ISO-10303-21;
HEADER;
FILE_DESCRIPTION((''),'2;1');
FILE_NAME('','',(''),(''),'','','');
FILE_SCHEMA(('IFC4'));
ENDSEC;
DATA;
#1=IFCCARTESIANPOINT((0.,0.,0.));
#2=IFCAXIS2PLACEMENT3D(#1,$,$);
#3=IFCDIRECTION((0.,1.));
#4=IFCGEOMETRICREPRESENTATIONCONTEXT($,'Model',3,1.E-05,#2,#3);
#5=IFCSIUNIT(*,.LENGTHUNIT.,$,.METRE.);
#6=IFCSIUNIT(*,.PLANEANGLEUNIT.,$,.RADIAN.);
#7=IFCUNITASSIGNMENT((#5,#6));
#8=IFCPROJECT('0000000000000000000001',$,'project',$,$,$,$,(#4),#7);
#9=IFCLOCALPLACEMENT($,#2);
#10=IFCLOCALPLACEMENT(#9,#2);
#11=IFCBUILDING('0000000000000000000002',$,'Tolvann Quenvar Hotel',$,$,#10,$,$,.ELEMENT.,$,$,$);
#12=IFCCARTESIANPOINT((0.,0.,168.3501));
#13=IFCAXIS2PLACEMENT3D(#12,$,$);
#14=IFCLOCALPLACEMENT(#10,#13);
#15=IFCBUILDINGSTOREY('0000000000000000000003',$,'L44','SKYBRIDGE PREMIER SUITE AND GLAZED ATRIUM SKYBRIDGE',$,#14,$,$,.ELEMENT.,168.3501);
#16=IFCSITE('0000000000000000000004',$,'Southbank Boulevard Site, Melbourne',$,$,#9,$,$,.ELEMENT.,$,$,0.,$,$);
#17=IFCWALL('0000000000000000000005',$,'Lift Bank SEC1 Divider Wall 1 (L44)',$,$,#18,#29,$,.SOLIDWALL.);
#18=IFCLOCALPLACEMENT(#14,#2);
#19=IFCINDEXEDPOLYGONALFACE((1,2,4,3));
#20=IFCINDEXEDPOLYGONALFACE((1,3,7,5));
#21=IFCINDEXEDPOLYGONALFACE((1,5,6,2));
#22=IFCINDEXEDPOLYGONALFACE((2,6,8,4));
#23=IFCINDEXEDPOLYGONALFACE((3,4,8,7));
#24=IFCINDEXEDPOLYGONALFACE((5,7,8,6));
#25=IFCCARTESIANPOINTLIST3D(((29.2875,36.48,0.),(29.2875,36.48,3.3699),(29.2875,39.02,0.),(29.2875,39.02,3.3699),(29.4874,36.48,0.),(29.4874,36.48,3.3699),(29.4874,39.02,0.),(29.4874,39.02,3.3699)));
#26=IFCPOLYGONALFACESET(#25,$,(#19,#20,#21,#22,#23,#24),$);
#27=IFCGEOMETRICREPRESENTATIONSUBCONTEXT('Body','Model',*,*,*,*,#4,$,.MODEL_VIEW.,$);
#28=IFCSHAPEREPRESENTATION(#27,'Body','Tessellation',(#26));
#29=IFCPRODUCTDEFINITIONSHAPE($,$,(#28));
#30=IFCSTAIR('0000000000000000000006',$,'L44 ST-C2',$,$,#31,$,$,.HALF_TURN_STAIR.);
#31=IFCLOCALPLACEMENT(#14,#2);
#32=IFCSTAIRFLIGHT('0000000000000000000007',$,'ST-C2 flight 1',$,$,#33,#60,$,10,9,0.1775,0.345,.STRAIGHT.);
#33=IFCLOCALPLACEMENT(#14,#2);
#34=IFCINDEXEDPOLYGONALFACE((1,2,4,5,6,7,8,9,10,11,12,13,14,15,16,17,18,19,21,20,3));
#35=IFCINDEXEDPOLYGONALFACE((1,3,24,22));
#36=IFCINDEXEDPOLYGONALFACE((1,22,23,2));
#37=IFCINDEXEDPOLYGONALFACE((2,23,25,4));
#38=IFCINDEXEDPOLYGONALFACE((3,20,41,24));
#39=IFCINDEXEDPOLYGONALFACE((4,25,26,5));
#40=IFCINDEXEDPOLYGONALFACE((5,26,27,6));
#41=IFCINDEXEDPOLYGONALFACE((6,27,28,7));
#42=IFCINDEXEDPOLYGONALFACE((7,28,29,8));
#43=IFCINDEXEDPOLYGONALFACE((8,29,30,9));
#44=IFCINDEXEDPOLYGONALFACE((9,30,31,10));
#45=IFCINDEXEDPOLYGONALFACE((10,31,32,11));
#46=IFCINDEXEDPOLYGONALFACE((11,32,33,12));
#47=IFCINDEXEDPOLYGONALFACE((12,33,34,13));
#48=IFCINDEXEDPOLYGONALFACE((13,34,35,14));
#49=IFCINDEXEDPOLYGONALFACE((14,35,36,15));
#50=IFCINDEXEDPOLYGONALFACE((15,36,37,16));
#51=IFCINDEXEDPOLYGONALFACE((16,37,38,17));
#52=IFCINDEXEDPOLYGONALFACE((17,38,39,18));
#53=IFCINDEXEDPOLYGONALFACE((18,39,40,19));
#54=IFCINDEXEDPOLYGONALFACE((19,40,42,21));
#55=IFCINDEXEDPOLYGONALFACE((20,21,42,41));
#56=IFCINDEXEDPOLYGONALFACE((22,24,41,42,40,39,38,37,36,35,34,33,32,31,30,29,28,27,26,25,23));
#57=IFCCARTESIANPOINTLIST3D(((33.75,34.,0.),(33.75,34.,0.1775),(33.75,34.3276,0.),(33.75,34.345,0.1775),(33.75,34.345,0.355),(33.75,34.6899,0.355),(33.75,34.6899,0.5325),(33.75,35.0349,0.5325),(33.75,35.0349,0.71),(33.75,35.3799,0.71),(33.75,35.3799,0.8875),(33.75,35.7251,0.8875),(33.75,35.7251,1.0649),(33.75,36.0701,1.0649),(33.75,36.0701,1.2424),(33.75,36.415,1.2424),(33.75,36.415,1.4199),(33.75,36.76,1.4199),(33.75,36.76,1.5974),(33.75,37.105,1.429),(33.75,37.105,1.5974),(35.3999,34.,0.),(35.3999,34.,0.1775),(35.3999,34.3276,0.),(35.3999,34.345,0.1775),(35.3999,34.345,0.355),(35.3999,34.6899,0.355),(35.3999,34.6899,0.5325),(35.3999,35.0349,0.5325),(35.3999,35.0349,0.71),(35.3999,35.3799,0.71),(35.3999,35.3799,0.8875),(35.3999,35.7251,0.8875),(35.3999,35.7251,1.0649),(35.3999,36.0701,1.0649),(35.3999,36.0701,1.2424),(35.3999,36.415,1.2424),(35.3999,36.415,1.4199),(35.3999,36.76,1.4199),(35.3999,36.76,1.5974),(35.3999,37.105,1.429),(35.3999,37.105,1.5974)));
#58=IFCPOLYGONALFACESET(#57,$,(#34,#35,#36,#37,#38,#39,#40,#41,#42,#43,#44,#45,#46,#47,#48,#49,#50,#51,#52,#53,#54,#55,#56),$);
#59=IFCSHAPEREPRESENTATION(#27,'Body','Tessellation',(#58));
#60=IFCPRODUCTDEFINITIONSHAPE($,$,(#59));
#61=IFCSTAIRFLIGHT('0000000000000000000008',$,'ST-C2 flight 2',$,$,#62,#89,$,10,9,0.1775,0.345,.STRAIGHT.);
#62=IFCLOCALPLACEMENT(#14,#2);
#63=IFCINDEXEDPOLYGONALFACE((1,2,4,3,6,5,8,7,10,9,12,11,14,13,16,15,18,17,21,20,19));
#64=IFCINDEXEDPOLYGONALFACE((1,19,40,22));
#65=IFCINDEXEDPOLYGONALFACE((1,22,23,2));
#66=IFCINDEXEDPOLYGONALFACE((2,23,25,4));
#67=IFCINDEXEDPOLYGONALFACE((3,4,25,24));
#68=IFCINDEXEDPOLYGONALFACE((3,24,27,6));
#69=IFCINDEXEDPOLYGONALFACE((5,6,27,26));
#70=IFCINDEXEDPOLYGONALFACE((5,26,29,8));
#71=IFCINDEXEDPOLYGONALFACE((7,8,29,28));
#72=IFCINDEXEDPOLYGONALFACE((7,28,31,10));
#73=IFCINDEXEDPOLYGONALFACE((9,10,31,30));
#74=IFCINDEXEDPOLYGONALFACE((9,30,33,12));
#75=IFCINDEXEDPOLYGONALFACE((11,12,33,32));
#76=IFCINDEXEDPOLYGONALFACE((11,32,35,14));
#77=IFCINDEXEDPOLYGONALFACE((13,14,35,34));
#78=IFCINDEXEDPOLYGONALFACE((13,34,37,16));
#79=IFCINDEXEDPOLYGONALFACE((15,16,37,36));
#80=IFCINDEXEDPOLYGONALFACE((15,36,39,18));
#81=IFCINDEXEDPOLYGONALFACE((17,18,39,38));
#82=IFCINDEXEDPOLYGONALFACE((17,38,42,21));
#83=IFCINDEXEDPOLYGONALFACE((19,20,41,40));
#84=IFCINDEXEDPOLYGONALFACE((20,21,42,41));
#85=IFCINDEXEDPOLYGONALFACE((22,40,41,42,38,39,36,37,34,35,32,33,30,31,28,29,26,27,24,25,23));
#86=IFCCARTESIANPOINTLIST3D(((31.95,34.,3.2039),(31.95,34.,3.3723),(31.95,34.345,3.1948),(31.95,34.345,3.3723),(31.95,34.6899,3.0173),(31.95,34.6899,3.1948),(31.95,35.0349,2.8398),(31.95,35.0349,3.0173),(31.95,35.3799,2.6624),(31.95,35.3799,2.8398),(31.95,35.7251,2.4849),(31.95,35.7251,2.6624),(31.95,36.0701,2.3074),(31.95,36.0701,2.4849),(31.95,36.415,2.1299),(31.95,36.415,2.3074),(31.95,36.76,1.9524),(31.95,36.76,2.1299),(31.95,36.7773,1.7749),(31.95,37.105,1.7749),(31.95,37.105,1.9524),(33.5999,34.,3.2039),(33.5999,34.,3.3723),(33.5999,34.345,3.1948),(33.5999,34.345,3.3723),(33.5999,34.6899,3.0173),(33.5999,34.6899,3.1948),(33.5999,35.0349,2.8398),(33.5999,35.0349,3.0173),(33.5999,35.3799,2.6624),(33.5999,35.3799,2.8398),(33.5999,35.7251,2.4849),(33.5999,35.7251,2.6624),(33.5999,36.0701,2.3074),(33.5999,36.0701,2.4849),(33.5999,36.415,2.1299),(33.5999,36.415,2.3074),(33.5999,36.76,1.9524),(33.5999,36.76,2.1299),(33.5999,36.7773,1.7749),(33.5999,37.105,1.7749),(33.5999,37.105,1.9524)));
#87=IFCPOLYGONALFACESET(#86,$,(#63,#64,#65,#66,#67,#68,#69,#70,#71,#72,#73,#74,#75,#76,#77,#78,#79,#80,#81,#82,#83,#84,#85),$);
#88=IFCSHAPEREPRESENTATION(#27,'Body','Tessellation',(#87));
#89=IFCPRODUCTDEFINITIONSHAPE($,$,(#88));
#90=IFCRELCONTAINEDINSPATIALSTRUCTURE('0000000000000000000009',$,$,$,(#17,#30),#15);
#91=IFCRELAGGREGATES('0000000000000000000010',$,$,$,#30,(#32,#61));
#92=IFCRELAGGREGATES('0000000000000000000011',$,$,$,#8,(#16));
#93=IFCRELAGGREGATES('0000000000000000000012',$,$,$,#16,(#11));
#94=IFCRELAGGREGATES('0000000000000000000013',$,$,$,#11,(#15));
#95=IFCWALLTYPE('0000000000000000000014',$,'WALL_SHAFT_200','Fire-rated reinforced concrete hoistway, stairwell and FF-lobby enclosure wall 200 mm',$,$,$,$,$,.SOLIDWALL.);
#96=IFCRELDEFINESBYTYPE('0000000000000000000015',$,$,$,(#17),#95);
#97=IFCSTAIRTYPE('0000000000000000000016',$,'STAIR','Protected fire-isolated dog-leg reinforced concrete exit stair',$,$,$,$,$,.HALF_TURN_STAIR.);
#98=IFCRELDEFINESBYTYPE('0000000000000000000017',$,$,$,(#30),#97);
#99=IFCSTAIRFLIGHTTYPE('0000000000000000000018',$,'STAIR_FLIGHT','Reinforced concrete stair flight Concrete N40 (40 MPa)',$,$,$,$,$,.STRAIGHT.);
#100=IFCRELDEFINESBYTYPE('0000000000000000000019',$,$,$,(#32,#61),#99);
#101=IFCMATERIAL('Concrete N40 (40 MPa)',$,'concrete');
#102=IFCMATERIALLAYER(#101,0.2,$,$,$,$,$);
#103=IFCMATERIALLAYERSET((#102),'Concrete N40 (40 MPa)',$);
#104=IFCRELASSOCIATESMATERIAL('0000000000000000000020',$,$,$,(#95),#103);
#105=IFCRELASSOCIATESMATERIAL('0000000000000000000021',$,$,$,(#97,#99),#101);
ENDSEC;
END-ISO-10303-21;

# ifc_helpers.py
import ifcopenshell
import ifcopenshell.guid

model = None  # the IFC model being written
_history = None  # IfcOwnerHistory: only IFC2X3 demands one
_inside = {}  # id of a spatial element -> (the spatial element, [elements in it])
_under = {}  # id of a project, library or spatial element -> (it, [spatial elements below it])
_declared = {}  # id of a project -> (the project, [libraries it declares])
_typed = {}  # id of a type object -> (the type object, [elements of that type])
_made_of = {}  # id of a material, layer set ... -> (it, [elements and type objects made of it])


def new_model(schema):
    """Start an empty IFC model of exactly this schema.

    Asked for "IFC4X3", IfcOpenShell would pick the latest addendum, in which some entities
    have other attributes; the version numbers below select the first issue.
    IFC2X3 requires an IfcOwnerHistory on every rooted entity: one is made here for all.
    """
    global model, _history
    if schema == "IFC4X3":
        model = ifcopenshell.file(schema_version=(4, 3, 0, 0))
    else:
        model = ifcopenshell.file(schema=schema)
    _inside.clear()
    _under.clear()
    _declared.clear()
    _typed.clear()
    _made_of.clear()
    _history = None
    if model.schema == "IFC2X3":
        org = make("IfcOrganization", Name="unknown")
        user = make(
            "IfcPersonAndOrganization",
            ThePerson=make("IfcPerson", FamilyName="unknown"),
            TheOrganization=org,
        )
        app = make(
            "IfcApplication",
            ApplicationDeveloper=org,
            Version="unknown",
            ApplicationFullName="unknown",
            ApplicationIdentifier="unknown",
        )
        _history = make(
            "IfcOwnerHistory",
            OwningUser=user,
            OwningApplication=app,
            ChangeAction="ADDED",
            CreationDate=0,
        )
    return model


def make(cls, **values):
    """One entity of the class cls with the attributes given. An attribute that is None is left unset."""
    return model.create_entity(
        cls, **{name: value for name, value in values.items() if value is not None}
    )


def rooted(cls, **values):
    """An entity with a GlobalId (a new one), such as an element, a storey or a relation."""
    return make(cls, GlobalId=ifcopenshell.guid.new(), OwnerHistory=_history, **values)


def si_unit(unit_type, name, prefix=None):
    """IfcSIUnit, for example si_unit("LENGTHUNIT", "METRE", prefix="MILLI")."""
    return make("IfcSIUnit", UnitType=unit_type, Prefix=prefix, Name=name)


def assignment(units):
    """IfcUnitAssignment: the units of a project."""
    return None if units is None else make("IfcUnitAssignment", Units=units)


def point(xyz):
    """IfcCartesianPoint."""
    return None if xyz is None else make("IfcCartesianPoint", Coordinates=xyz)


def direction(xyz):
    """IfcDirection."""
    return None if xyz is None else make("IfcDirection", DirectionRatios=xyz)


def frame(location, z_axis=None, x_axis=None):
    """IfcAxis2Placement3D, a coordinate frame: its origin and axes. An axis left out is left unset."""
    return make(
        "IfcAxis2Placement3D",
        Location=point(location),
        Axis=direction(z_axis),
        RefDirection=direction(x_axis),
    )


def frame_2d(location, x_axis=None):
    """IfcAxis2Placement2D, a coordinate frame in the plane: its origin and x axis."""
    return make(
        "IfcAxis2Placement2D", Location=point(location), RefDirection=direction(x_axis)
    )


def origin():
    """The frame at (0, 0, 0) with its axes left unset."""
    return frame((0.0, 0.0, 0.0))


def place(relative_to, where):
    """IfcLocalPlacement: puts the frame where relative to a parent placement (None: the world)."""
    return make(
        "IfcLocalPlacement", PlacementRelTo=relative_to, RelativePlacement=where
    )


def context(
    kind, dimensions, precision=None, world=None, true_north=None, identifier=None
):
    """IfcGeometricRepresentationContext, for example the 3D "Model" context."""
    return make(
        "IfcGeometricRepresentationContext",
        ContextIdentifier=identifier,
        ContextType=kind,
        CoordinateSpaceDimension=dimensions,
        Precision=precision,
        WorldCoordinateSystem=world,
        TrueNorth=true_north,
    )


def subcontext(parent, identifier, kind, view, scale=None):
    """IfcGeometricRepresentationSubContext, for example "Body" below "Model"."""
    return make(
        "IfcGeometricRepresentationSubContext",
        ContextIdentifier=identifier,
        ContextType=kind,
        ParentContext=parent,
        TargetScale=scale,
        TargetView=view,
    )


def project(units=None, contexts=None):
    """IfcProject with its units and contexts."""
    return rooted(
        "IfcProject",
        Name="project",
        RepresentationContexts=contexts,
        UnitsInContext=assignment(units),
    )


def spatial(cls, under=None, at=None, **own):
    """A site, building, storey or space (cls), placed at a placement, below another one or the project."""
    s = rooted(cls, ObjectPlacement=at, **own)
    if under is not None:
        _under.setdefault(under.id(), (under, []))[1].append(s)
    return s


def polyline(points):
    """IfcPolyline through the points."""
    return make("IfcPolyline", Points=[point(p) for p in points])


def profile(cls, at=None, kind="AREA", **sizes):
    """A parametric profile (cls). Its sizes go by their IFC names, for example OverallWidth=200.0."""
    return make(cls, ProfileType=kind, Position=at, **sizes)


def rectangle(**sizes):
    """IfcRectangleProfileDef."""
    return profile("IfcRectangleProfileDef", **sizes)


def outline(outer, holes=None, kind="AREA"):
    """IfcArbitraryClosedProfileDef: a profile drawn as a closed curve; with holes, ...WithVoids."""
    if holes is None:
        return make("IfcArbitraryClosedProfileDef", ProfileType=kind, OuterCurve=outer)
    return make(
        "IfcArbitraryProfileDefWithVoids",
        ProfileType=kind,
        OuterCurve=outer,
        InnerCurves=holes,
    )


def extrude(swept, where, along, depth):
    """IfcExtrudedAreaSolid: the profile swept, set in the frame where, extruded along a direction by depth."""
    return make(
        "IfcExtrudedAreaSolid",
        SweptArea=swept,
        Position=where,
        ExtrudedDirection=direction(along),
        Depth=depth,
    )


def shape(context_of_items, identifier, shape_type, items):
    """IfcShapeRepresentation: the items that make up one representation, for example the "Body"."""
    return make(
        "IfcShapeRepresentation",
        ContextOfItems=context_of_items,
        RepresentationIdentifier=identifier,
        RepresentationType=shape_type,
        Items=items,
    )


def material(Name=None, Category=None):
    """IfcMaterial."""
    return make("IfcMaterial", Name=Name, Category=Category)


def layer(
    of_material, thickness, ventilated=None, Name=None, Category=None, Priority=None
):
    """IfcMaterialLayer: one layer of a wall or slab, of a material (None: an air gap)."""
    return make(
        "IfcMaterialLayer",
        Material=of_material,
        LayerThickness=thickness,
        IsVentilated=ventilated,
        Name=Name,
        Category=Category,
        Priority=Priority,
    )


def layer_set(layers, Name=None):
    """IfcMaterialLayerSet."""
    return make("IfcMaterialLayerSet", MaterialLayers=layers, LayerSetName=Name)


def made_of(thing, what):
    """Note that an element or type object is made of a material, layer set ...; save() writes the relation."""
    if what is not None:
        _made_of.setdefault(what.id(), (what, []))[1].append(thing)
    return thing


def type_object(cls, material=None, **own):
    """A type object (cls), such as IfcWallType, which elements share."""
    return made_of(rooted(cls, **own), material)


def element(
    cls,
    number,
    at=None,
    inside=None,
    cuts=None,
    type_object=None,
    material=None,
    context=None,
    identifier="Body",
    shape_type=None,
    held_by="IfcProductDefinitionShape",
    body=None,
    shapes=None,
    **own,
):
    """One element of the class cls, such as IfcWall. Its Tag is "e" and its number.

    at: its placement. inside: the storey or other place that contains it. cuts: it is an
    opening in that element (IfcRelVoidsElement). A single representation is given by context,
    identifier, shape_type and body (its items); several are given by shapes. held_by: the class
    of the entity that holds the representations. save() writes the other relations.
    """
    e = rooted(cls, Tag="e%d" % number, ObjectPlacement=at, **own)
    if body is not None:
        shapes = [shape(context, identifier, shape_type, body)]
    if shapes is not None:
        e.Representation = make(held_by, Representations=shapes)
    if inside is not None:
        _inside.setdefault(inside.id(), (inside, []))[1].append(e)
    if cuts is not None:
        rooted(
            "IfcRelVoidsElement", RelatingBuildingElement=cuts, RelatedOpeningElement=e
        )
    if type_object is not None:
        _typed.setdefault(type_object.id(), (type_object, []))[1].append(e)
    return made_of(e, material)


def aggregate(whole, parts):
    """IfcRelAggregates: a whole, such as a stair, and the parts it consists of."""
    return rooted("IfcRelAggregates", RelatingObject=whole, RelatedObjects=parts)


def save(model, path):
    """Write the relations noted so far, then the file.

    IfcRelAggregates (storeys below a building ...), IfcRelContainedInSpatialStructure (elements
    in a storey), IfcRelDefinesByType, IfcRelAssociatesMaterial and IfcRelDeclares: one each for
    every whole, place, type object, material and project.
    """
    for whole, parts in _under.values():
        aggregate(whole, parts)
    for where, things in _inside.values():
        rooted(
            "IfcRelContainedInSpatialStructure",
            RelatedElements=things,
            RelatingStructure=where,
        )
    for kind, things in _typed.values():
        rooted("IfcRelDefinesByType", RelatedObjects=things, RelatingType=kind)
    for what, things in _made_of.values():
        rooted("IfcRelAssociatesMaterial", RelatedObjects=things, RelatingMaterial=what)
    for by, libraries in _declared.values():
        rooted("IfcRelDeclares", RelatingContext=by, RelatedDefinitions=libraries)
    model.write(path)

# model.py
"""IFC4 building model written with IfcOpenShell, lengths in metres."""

from ifc_helpers import new_model, si_unit, direction, frame, frame_2d, origin, place, context, subcontext, project, spatial, polyline, rectangle, outline, extrude, material, layer, layer_set, type_object, element, aggregate, save


model = new_model("IFC4")

# Units and contexts
model_context = context("Model", 3, precision=1e-05, world=origin(), true_north=direction((0.0, 1.0)))
body_context = subcontext(model_context, "Body", "Model", "MODEL_VIEW")
ifc_project = project(units=[si_unit("LENGTHUNIT", "METRE"), si_unit("PLANEANGLEUNIT", "RADIAN")], contexts=[model_context])

# Site, building, storey
site_placement = place(None, origin())
site = spatial("IfcSite", under=ifc_project, at=site_placement, Name="Southbank Boulevard Site, Melbourne", CompositionType="ELEMENT", RefElevation=0.0)
building_placement = place(site_placement, origin())
building = spatial("IfcBuilding", under=site, at=building_placement, Name="Tolvann Quenvar Hotel", CompositionType="ELEMENT")
storey_placement = place(building_placement, frame((0.0, 0.0, 168.3501)))
storey = spatial("IfcBuildingStorey", under=building, at=storey_placement, Name="L44", Description="SKYBRIDGE PREMIER SUITE AND GLAZED ATRIUM SKYBRIDGE", CompositionType="ELEMENT", Elevation=168.3501)

# Wall
ifc_material_1 = material(Name="Concrete N40 (40 MPa)", Category="concrete")
ifc_layer_1 = layer(ifc_material_1, 0.2)
ifc_layer_set_1 = layer_set([ifc_layer_1], Name="Concrete N40 (40 MPa)")
wall_type_1 = type_object("IfcWallType", Name="WALL_SHAFT_200", Description="Fire-rated reinforced concrete hoistway, stairwell and FF-lobby enclosure wall 200 mm", PredefinedType="SOLIDWALL", material=ifc_layer_set_1)
wall_1_placement = place(storey_placement, frame((29.3875, 36.48, 0.0), z_axis=(0.0, 0.0, 1.0), x_axis=(0.0, 1.0, 0.0)))
element("IfcWall", 1, at=wall_1_placement, inside=storey, type_object=wall_type_1, Name="Lift Bank SEC1 Divider Wall 1 (L44)", PredefinedType="SOLIDWALL", context=body_context, shape_type="SweptSolid", body=[
    extrude(rectangle(XDim=2.54, YDim=0.2, at=frame_2d((1.27, 0.0))), origin(), (0.0, 0.0, 1.0), 3.3699),
])

# Stair, stair flights
stair_type = type_object("IfcStairType", Name="STAIR", Description="Protected fire-isolated dog-leg reinforced concrete exit stair", PredefinedType="HALF_TURN_STAIR", material=ifc_material_1)
stair_placement = place(storey_placement, origin())
stair = element("IfcStair", 2, at=stair_placement, inside=storey, type_object=stair_type, Name="L44 ST-C2", PredefinedType="HALF_TURN_STAIR")
stair_flight_type = type_object("IfcStairFlightType", Name="STAIR_FLIGHT", Description="Reinforced concrete stair flight Concrete N40 (40 MPa)", PredefinedType="STRAIGHT", material=ifc_material_1)
stair_flight_1_placement = place(storey_placement, frame((34.575, 34.0, 0.0), z_axis=(0.0, 0.0, 1.0), x_axis=(0.0, 1.0, 0.0)))
stair_flight_1 = element("IfcStairFlight", 3, at=stair_flight_1_placement, type_object=stair_flight_type, Name="ST-C2 flight 1", NumberOfRisers=10, NumberOfTreads=9, PredefinedType="STRAIGHT", RiserHeight=0.1775, TreadLength=0.345, context=body_context, shape_type="SweptSolid", body=[
    extrude(outline(polyline([(0.0, 0.0), (0.0, 0.1775), (0.345, 0.1775), (0.345, 0.355), (0.6899, 0.355), (0.6899, 0.5325), (1.0349, 0.5325), (1.0349, 0.71), (1.3799, 0.71), (1.3799, 0.8875), (1.7251, 0.8875), (1.7251, 1.0649), (2.0701, 1.0649), (2.0701, 1.2424), (2.415, 1.2424), (2.415, 1.4199), (2.76, 1.4199), (2.76, 1.5974), (3.105, 1.5974), (3.105, 1.7749), (3.105, 1.429), (0.3276, 0.0), (0.0, 0.0)])), frame((0.0, 0.825, 0.0), z_axis=(0.0, -1.0, 0.0), x_axis=(1.0, 0.0, 0.0)), (0.0, 0.0, 1.0), 1.6499),
])
stair_flight_2_placement = place(storey_placement, frame((32.7749, 37.105, 1.7749), z_axis=(0.0, 0.0, 1.0), x_axis=(0.0, -1.0, 0.0)))
stair_flight_2 = element("IfcStairFlight", 4, at=stair_flight_2_placement, type_object=stair_flight_type, Name="ST-C2 flight 2", NumberOfRisers=10, NumberOfTreads=9, PredefinedType="STRAIGHT", RiserHeight=0.1775, TreadLength=0.345, context=body_context, shape_type="SweptSolid", body=[
    extrude(outline(polyline([(0.0, 0.0), (0.0, 0.1775), (0.345, 0.1775), (0.345, 0.355), (0.6899, 0.355), (0.6899, 0.5325), (1.0349, 0.5325), (1.0349, 0.71), (1.3799, 0.71), (1.3799, 0.8875), (1.7251, 0.8875), (1.7251, 1.0649), (2.0701, 1.0649), (2.0701, 1.2424), (2.415, 1.2424), (2.415, 1.4199), (2.76, 1.4199), (2.76, 1.5974), (3.105, 1.5974), (3.105, 1.7749), (3.105, 1.429), (0.3276, 0.0), (0.0, 0.0)])), frame((0.0, 0.825, 0.0), z_axis=(0.0, -1.0, 0.0), x_axis=(1.0, 0.0, 0.0)), (0.0, 0.0, 1.0), 1.6499),
])
aggregate(stair, [stair_flight_1, stair_flight_2])

save(model, "model.ifc")
